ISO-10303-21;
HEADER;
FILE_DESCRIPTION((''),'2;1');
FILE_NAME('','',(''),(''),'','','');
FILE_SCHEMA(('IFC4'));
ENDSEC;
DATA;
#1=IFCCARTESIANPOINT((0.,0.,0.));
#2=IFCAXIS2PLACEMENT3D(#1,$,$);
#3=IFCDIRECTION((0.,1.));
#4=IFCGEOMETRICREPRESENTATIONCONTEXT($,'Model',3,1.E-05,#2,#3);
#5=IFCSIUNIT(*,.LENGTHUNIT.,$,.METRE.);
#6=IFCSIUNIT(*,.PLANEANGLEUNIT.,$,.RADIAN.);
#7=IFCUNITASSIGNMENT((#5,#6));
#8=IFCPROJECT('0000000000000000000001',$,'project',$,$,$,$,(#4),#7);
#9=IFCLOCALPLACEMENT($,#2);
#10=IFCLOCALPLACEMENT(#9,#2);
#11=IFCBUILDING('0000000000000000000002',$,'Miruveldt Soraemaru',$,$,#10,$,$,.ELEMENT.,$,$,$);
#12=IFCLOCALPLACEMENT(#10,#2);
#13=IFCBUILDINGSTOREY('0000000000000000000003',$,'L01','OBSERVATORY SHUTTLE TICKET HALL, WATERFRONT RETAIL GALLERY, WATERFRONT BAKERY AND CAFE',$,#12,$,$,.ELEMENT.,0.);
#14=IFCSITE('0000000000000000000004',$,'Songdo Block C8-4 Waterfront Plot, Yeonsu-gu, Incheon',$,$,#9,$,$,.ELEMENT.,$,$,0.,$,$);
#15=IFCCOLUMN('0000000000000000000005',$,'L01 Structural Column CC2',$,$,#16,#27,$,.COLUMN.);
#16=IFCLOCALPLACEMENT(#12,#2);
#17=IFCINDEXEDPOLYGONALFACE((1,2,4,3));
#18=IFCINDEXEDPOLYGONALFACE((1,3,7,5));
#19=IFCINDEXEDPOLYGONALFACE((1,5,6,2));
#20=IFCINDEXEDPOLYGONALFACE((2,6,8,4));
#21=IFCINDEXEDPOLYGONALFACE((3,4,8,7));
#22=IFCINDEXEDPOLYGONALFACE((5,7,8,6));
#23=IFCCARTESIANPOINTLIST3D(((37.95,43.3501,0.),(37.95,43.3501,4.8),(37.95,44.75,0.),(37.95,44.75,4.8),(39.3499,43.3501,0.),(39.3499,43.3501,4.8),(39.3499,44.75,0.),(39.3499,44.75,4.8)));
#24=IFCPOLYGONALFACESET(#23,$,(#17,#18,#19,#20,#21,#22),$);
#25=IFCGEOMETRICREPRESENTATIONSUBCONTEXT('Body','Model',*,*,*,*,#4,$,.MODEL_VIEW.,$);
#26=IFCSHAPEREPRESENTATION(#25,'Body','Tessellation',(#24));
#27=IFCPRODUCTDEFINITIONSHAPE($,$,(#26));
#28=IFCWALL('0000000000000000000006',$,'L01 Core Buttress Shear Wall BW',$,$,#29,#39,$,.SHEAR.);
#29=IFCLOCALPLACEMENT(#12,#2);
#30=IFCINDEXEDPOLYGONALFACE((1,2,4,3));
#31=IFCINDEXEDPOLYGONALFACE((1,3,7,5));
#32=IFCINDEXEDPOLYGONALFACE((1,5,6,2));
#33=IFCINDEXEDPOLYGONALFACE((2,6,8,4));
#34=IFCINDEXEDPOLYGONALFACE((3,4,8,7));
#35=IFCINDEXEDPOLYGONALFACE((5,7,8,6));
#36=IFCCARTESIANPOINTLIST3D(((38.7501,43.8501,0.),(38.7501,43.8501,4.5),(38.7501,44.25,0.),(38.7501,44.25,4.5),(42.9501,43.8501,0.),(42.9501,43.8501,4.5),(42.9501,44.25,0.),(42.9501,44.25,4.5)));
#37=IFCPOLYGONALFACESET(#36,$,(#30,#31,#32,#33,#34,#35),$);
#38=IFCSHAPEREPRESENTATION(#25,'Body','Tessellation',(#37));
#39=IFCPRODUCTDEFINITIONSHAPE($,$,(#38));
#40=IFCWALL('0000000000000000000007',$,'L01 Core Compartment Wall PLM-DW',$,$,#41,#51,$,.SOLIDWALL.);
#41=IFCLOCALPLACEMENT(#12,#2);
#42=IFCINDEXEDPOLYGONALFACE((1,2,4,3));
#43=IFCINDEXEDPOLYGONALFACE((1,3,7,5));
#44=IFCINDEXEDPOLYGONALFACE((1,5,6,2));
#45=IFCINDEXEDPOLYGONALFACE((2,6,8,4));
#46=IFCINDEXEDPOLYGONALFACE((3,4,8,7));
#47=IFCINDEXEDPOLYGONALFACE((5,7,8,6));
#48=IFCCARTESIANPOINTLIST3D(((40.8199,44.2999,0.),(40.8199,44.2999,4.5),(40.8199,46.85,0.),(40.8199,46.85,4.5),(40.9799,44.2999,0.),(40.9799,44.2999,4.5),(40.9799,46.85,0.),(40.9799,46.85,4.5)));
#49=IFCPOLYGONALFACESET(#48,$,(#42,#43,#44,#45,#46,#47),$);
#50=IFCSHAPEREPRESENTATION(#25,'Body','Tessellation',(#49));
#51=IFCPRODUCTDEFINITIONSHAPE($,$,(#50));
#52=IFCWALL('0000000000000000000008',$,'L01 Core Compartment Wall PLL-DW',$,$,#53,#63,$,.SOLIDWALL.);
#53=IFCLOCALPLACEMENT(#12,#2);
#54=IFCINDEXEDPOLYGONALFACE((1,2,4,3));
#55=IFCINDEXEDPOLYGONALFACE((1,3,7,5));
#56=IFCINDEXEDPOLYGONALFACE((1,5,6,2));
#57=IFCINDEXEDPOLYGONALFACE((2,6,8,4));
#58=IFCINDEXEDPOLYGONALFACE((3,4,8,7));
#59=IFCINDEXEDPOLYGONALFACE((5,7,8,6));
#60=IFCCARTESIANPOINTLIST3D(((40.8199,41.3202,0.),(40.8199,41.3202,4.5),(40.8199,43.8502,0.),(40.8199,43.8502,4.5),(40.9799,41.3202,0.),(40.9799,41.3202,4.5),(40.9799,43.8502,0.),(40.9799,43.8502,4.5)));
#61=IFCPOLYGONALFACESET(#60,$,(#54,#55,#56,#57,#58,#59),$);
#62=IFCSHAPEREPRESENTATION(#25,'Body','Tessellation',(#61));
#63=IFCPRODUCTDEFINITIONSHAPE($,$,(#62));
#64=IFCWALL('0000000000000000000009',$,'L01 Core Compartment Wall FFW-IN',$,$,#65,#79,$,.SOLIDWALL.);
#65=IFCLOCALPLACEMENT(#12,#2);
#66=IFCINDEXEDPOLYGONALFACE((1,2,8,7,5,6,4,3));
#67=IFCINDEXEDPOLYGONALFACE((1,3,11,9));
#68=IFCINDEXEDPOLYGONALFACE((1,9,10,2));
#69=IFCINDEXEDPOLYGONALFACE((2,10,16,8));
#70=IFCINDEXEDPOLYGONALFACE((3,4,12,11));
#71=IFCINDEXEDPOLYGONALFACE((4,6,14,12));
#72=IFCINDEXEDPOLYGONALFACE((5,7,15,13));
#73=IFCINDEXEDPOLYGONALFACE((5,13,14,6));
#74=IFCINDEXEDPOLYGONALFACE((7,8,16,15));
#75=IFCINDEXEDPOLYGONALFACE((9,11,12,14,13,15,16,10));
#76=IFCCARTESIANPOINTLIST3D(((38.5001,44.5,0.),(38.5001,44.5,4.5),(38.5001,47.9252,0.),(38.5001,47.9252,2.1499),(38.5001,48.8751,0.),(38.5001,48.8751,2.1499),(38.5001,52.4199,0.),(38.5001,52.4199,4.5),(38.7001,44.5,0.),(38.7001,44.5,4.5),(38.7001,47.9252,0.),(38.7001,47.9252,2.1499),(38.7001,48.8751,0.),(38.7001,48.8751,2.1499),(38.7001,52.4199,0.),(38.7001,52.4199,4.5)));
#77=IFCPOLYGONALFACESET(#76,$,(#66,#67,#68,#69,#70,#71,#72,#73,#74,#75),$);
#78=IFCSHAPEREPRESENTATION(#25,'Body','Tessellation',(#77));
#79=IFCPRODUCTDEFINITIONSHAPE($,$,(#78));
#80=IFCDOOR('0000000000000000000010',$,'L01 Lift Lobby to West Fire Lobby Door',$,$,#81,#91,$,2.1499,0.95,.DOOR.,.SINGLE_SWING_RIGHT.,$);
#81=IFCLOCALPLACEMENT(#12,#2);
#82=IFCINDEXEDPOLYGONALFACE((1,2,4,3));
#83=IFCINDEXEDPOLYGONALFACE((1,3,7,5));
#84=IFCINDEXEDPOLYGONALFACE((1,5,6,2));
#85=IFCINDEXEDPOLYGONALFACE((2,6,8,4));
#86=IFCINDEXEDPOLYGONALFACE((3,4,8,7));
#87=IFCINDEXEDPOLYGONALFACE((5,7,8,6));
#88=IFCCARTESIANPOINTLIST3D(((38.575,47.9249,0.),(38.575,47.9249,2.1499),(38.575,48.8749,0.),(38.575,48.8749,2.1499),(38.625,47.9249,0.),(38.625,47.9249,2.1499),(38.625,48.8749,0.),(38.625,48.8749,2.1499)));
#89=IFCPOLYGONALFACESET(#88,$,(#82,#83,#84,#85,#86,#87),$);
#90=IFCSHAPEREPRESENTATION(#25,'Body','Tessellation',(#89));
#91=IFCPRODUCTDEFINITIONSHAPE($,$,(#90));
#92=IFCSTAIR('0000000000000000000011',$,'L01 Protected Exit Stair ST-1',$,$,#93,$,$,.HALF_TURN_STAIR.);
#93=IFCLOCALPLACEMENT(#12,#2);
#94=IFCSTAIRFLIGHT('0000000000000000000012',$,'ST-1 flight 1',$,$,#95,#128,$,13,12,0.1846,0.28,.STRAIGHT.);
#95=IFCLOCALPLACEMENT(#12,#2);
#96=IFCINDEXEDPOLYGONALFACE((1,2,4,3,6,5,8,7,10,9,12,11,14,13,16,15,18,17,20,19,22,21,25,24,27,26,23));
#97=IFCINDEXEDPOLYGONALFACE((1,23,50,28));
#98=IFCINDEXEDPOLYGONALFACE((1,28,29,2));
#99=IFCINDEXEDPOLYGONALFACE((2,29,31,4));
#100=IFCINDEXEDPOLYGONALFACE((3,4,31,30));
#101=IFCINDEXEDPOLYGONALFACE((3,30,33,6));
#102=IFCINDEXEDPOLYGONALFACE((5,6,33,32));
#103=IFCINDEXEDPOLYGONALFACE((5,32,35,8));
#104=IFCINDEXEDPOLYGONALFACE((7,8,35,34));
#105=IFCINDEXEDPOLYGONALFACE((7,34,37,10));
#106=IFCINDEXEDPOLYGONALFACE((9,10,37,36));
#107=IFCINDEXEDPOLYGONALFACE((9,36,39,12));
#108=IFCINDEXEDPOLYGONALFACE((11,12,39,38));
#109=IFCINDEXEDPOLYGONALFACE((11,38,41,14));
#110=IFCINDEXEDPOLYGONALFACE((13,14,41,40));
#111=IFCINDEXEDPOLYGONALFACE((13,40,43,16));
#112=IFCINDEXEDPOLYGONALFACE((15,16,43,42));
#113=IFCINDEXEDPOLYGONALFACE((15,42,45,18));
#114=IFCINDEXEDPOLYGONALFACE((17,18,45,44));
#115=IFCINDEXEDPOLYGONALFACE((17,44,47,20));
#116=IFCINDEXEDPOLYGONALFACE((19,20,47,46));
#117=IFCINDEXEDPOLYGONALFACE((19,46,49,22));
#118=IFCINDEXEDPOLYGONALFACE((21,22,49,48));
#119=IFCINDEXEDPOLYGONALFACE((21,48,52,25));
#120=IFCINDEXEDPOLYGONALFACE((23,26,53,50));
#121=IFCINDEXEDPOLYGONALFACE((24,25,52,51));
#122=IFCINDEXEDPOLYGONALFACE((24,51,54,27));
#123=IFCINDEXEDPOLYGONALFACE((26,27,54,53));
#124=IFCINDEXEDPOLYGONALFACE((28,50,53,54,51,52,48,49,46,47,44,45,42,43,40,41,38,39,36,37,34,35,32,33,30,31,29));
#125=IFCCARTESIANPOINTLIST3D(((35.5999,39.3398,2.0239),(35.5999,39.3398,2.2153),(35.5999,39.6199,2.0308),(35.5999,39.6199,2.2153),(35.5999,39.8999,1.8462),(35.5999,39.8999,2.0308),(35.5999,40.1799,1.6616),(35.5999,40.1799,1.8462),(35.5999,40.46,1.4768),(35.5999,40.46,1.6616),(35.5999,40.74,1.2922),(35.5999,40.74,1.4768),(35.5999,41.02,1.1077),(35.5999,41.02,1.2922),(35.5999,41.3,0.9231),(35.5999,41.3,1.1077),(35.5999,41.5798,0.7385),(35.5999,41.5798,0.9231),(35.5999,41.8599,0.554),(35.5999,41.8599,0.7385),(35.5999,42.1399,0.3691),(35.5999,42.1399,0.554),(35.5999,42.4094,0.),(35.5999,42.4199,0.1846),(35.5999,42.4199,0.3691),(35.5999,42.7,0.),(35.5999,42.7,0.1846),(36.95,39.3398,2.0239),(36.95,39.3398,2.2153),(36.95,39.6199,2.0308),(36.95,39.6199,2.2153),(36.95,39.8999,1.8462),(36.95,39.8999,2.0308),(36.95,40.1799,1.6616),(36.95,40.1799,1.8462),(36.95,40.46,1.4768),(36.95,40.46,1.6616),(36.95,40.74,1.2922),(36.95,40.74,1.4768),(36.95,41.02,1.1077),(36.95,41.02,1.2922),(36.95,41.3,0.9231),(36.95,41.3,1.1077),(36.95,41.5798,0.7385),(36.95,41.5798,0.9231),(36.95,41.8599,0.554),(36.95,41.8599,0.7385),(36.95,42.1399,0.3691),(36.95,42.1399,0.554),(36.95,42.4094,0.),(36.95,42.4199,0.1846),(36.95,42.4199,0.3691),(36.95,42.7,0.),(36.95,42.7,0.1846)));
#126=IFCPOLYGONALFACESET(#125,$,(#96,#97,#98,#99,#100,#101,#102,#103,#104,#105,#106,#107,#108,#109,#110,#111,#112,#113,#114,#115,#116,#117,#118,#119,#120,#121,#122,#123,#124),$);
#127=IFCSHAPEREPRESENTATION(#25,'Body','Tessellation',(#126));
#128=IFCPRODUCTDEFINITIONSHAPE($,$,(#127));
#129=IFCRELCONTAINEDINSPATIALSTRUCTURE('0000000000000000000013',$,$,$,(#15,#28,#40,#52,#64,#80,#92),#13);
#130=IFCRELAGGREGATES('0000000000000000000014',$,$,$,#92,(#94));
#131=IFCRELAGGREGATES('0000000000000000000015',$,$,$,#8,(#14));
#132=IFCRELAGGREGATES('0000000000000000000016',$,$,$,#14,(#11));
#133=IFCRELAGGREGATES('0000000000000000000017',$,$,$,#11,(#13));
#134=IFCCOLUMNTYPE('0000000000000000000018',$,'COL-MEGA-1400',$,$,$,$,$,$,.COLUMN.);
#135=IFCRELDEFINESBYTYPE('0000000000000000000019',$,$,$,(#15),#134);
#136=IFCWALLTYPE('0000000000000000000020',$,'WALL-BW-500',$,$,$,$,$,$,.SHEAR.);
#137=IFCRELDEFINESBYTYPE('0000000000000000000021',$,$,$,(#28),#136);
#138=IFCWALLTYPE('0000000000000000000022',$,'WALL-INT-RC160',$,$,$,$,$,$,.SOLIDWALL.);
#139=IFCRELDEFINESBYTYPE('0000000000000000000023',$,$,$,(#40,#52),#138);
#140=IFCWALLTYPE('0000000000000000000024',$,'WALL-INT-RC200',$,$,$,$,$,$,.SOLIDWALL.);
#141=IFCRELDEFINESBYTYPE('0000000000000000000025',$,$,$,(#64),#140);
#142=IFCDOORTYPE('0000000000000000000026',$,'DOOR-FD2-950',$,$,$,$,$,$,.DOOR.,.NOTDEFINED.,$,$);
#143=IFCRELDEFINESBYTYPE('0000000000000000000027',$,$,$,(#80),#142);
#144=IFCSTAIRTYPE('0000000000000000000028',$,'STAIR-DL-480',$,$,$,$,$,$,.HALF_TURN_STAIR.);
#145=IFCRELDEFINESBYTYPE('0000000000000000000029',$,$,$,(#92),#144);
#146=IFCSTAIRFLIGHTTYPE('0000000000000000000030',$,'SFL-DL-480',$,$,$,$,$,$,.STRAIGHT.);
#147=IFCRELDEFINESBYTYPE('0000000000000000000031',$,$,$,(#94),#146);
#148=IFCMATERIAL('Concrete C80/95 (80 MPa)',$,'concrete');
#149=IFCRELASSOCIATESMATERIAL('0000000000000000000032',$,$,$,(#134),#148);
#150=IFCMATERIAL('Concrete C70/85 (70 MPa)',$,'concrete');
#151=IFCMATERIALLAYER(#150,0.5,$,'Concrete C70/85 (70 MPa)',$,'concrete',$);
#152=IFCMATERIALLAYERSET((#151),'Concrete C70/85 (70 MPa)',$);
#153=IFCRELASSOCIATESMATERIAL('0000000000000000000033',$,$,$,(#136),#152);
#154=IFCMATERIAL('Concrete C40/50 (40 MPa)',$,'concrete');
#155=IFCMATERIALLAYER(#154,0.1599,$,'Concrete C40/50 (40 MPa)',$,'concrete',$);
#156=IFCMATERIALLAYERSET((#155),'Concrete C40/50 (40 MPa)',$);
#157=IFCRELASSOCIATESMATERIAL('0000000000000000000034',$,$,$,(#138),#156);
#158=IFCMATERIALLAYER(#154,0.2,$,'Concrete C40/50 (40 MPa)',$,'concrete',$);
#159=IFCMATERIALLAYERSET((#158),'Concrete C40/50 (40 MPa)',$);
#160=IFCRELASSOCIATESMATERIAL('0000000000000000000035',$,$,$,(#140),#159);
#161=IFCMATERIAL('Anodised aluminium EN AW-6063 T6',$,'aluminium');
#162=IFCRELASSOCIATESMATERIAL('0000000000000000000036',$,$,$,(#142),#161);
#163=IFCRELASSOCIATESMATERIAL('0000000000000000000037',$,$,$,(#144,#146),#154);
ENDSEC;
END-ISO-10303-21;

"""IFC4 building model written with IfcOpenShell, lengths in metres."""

from ifc_helpers import new_model, si_unit, direction, frame, frame_2d, origin, origin_2d, place, context, subcontext, project, spatial, polyline, rectangle, outline, extrude, material, layer, layer_set, material_profile, profile_set, type_object, element, fill, aggregate, save


model = new_model("IFC4")

# Units and contexts
model_context = context("Model", 3, precision=1e-05, world=origin(), true_north=direction((0.0, 1.0)))
body_context = subcontext(model_context, "Body", "Model", "MODEL_VIEW")
ifc_project = project(units=[si_unit("LENGTHUNIT", "METRE"), si_unit("PLANEANGLEUNIT", "RADIAN")], contexts=[model_context])

# Site, building, storey
site_placement = place(None, origin())
site = spatial("IfcSite", under=ifc_project, at=site_placement, Name="Songdo Block C8-4 Waterfront Plot, Yeonsu-gu, Incheon", CompositionType="ELEMENT", RefElevation=0.0)
building_placement = place(site_placement, origin())
building = spatial("IfcBuilding", under=site, at=building_placement, Name="Miruveldt Soraemaru", CompositionType="ELEMENT")
storey_placement = place(building_placement, origin())
storey = spatial("IfcBuildingStorey", under=building, at=storey_placement, Name="L01", Description="OBSERVATORY SHUTTLE TICKET HALL, WATERFRONT RETAIL GALLERY, WATERFRONT BAKERY AND CAFE", CompositionType="ELEMENT", Elevation=0.0)

# Column
ifc_material_1 = material(Name="Concrete C80/95 (80 MPa)", Category="concrete")
ifc_material_profile = material_profile(ifc_material_1, rectangle(XDim=1.3999, YDim=1.3999, at=origin_2d()), Name="Concrete C80/95 (80 MPa)", Category="concrete")
ifc_profile_set = profile_set([ifc_material_profile], Name="Concrete C80/95 (80 MPa)")
column_type = type_object("IfcColumnType", Name="COL-MEGA-1400", PredefinedType="COLUMN", material=ifc_profile_set)
column_placement = place(storey_placement, frame((38.6499, 44.05, 0.0), z_axis=(0.0, 0.0, 1.0), x_axis=(1.0, 0.0, 0.0)))
element("IfcColumn", 1, at=column_placement, inside=storey, type_object=column_type, Name="L01 Structural Column CC2", PredefinedType="COLUMN", context=body_context, shape_type="SweptSolid", body=[
    extrude(rectangle(XDim=1.3999, YDim=1.3999, at=origin_2d()), origin(), (0.0, 0.0, 1.0), 4.8),
])

# Walls
ifc_material_2 = material(Name="Concrete C70/85 (70 MPa)", Category="concrete")
ifc_layer_1 = layer(ifc_material_2, 0.5, Name="Concrete C70/85 (70 MPa)", Category="concrete")
ifc_layer_set_1 = layer_set([ifc_layer_1], Name="Concrete C70/85 (70 MPa)")
wall_type_1 = type_object("IfcWallType", Name="WALL-BW-500", PredefinedType="SHEAR", material=ifc_layer_set_1)
wall_1_placement = place(storey_placement, frame((38.75, 44.05, 0.0), z_axis=(0.0, 0.0, 1.0), x_axis=(1.0, 0.0, 0.0)))
element("IfcWall", 2, at=wall_1_placement, inside=storey, type_object=wall_type_1, Name="L01 Core Buttress Shear Wall BW", PredefinedType="SHEAR", context=body_context, shape_type="SweptSolid", body=[
    extrude(rectangle(XDim=4.2, YDim=0.3999, at=frame_2d((2.1001, 0.0))), origin(), (0.0, 0.0, 1.0), 4.5),
])
ifc_material_3 = material(Name="Concrete C40/50 (40 MPa)", Category="concrete")
ifc_layer_2 = layer(ifc_material_3, 0.1599, Name="Concrete C40/50 (40 MPa)", Category="concrete")
ifc_layer_set_2 = layer_set([ifc_layer_2], Name="Concrete C40/50 (40 MPa)")
wall_type_2 = type_object("IfcWallType", Name="WALL-INT-RC160", PredefinedType="SOLIDWALL", material=ifc_layer_set_2)
wall_2_placement = place(storey_placement, frame((40.8999, 44.3, 0.0), z_axis=(0.0, 0.0, 1.0), x_axis=(0.0, 1.0, 0.0)))
element("IfcWall", 3, at=wall_2_placement, inside=storey, type_object=wall_type_2, Name="L01 Core Compartment Wall PLM-DW", PredefinedType="SOLIDWALL", context=body_context, shape_type="SweptSolid", body=[
    extrude(rectangle(XDim=2.55, YDim=0.1599, at=frame_2d((1.2749, 0.0))), origin(), (0.0, 0.0, 1.0), 4.5),
])
wall_3_placement = place(storey_placement, frame((40.8999, 41.3201, 0.0), z_axis=(0.0, 0.0, 1.0), x_axis=(0.0, 1.0, 0.0)))
element("IfcWall", 4, at=wall_3_placement, inside=storey, type_object=wall_type_2, Name="L01 Core Compartment Wall PLL-DW", PredefinedType="SOLIDWALL", context=body_context, shape_type="SweptSolid", body=[
    extrude(rectangle(XDim=2.53, YDim=0.1599, at=frame_2d((1.2651, 0.0))), origin(), (0.0, 0.0, 1.0), 4.5),
])

# Wall, opening, door
ifc_layer_3 = layer(ifc_material_3, 0.2, Name="Concrete C40/50 (40 MPa)", Category="concrete")
ifc_layer_set_3 = layer_set([ifc_layer_3], Name="Concrete C40/50 (40 MPa)")
wall_type_3 = type_object("IfcWallType", Name="WALL-INT-RC200", PredefinedType="SOLIDWALL", material=ifc_layer_set_3)
wall_4_placement = place(storey_placement, frame((38.6001, 44.5, 0.0), z_axis=(0.0, 0.0, 1.0), x_axis=(0.0, 1.0, 0.0)))
wall_4 = element("IfcWall", 5, at=wall_4_placement, inside=storey, type_object=wall_type_3, Name="L01 Core Compartment Wall FFW-IN", PredefinedType="SOLIDWALL", context=body_context, shape_type="SweptSolid", body=[
    extrude(rectangle(XDim=7.9199, YDim=0.2, at=frame_2d((3.96, 0.0))), origin(), (0.0, 0.0, 1.0), 4.5),
])
opening_1_placement = place(wall_4_placement, frame((3.425, 0.0, 0.0)))
opening_1 = element("IfcOpeningElement", 6, at=opening_1_placement, cuts=wall_4, PredefinedType="OPENING", context=body_context, shape_type="SweptSolid", body=[
    extrude(rectangle(XDim=0.95, YDim=2.1499, at=frame_2d((0.4751, 1.075))), frame((0.0, 0.1099, 0.0), z_axis=(0.0, -1.0, 0.0), x_axis=(1.0, 0.0, 0.0)), (0.0, 0.0, 1.0), 0.22),
])
ifc_material_4 = material(Name="Anodised aluminium EN AW-6063 T6", Category="aluminium")
door_type_1 = type_object("IfcDoorType", Name="DOOR-FD2-950", OperationType="NOTDEFINED", PredefinedType="DOOR", material=ifc_material_4)
door_1_placement = place(opening_1_placement, frame((0.95, 0.0, 0.0), z_axis=(0.0, 0.0, 1.0), x_axis=(-1.0, 0.0, 0.0)))
door_1 = element("IfcDoor", 7, at=door_1_placement, inside=storey, type_object=door_type_1, Name="L01 Lift Lobby to West Fire Lobby Door", OperationType="SINGLE_SWING_RIGHT", OverallHeight=2.1499, OverallWidth=0.95, PredefinedType="DOOR", context=body_context, shape_type="SweptSolid", body=[
    extrude(rectangle(XDim=0.95, YDim=2.1499, at=frame_2d((0.4751, 1.075))), frame((0.0, 0.0249, 0.0), z_axis=(0.0, -1.0, 0.0), x_axis=(1.0, 0.0, 0.0)), (0.0, 0.0, 1.0), 0.05),
])
fill(opening_1, door_1)

# Stair, stair flight
stair_type = type_object("IfcStairType", Name="STAIR-DL-480", PredefinedType="HALF_TURN_STAIR", material=ifc_material_3)
stair_placement = place(storey_placement, origin())
stair = element("IfcStair", 8, at=stair_placement, inside=storey, type_object=stair_type, Name="L01 Protected Exit Stair ST-1", PredefinedType="HALF_TURN_STAIR")
stair_flight_type = type_object("IfcStairFlightType", Name="SFL-DL-480", PredefinedType="STRAIGHT", material=ifc_material_3)
stair_flight_placement = place(storey_placement, frame((36.2749, 42.7, 0.0), z_axis=(0.0, 0.0, 1.0), x_axis=(0.0, -1.0, 0.0)))
stair_flight = element("IfcStairFlight", 9, at=stair_flight_placement, type_object=stair_flight_type, Name="ST-1 flight 1", NumberOfRisers=13, NumberOfTreads=12, PredefinedType="STRAIGHT", RiserHeight=0.1846, TreadLength=0.28, context=body_context, shape_type="SweptSolid", body=[
    extrude(outline(polyline([(0.0, 0.0), (0.0, 0.1846), (0.28, 0.1846), (0.28, 0.3691), (0.5601, 0.3691), (0.5601, 0.554), (0.8401, 0.554), (0.8401, 0.7385), (1.1201, 0.7385), (1.1201, 0.9231), (1.3999, 0.9231), (1.3999, 1.1077), (1.6799, 1.1077), (1.6799, 1.2922), (1.96, 1.2922), (1.96, 1.4768), (2.24, 1.4768), (2.24, 1.6616), (2.52, 1.6616), (2.52, 1.8462), (2.8, 1.8462), (2.8, 2.0308), (3.0801, 2.0308), (3.0801, 2.2153), (3.3601, 2.2153), (3.3601, 2.3999), (3.3601, 2.0239), (0.2905, 0.0), (0.0, 0.0)])), frame((0.0, 0.675, 0.0), z_axis=(0.0, -1.0, 0.0), x_axis=(1.0, 0.0, 0.0)), (0.0, 0.0, 1.0), 1.3501),
])
aggregate(stair, [stair_flight])

save(model, "model.ifc")
